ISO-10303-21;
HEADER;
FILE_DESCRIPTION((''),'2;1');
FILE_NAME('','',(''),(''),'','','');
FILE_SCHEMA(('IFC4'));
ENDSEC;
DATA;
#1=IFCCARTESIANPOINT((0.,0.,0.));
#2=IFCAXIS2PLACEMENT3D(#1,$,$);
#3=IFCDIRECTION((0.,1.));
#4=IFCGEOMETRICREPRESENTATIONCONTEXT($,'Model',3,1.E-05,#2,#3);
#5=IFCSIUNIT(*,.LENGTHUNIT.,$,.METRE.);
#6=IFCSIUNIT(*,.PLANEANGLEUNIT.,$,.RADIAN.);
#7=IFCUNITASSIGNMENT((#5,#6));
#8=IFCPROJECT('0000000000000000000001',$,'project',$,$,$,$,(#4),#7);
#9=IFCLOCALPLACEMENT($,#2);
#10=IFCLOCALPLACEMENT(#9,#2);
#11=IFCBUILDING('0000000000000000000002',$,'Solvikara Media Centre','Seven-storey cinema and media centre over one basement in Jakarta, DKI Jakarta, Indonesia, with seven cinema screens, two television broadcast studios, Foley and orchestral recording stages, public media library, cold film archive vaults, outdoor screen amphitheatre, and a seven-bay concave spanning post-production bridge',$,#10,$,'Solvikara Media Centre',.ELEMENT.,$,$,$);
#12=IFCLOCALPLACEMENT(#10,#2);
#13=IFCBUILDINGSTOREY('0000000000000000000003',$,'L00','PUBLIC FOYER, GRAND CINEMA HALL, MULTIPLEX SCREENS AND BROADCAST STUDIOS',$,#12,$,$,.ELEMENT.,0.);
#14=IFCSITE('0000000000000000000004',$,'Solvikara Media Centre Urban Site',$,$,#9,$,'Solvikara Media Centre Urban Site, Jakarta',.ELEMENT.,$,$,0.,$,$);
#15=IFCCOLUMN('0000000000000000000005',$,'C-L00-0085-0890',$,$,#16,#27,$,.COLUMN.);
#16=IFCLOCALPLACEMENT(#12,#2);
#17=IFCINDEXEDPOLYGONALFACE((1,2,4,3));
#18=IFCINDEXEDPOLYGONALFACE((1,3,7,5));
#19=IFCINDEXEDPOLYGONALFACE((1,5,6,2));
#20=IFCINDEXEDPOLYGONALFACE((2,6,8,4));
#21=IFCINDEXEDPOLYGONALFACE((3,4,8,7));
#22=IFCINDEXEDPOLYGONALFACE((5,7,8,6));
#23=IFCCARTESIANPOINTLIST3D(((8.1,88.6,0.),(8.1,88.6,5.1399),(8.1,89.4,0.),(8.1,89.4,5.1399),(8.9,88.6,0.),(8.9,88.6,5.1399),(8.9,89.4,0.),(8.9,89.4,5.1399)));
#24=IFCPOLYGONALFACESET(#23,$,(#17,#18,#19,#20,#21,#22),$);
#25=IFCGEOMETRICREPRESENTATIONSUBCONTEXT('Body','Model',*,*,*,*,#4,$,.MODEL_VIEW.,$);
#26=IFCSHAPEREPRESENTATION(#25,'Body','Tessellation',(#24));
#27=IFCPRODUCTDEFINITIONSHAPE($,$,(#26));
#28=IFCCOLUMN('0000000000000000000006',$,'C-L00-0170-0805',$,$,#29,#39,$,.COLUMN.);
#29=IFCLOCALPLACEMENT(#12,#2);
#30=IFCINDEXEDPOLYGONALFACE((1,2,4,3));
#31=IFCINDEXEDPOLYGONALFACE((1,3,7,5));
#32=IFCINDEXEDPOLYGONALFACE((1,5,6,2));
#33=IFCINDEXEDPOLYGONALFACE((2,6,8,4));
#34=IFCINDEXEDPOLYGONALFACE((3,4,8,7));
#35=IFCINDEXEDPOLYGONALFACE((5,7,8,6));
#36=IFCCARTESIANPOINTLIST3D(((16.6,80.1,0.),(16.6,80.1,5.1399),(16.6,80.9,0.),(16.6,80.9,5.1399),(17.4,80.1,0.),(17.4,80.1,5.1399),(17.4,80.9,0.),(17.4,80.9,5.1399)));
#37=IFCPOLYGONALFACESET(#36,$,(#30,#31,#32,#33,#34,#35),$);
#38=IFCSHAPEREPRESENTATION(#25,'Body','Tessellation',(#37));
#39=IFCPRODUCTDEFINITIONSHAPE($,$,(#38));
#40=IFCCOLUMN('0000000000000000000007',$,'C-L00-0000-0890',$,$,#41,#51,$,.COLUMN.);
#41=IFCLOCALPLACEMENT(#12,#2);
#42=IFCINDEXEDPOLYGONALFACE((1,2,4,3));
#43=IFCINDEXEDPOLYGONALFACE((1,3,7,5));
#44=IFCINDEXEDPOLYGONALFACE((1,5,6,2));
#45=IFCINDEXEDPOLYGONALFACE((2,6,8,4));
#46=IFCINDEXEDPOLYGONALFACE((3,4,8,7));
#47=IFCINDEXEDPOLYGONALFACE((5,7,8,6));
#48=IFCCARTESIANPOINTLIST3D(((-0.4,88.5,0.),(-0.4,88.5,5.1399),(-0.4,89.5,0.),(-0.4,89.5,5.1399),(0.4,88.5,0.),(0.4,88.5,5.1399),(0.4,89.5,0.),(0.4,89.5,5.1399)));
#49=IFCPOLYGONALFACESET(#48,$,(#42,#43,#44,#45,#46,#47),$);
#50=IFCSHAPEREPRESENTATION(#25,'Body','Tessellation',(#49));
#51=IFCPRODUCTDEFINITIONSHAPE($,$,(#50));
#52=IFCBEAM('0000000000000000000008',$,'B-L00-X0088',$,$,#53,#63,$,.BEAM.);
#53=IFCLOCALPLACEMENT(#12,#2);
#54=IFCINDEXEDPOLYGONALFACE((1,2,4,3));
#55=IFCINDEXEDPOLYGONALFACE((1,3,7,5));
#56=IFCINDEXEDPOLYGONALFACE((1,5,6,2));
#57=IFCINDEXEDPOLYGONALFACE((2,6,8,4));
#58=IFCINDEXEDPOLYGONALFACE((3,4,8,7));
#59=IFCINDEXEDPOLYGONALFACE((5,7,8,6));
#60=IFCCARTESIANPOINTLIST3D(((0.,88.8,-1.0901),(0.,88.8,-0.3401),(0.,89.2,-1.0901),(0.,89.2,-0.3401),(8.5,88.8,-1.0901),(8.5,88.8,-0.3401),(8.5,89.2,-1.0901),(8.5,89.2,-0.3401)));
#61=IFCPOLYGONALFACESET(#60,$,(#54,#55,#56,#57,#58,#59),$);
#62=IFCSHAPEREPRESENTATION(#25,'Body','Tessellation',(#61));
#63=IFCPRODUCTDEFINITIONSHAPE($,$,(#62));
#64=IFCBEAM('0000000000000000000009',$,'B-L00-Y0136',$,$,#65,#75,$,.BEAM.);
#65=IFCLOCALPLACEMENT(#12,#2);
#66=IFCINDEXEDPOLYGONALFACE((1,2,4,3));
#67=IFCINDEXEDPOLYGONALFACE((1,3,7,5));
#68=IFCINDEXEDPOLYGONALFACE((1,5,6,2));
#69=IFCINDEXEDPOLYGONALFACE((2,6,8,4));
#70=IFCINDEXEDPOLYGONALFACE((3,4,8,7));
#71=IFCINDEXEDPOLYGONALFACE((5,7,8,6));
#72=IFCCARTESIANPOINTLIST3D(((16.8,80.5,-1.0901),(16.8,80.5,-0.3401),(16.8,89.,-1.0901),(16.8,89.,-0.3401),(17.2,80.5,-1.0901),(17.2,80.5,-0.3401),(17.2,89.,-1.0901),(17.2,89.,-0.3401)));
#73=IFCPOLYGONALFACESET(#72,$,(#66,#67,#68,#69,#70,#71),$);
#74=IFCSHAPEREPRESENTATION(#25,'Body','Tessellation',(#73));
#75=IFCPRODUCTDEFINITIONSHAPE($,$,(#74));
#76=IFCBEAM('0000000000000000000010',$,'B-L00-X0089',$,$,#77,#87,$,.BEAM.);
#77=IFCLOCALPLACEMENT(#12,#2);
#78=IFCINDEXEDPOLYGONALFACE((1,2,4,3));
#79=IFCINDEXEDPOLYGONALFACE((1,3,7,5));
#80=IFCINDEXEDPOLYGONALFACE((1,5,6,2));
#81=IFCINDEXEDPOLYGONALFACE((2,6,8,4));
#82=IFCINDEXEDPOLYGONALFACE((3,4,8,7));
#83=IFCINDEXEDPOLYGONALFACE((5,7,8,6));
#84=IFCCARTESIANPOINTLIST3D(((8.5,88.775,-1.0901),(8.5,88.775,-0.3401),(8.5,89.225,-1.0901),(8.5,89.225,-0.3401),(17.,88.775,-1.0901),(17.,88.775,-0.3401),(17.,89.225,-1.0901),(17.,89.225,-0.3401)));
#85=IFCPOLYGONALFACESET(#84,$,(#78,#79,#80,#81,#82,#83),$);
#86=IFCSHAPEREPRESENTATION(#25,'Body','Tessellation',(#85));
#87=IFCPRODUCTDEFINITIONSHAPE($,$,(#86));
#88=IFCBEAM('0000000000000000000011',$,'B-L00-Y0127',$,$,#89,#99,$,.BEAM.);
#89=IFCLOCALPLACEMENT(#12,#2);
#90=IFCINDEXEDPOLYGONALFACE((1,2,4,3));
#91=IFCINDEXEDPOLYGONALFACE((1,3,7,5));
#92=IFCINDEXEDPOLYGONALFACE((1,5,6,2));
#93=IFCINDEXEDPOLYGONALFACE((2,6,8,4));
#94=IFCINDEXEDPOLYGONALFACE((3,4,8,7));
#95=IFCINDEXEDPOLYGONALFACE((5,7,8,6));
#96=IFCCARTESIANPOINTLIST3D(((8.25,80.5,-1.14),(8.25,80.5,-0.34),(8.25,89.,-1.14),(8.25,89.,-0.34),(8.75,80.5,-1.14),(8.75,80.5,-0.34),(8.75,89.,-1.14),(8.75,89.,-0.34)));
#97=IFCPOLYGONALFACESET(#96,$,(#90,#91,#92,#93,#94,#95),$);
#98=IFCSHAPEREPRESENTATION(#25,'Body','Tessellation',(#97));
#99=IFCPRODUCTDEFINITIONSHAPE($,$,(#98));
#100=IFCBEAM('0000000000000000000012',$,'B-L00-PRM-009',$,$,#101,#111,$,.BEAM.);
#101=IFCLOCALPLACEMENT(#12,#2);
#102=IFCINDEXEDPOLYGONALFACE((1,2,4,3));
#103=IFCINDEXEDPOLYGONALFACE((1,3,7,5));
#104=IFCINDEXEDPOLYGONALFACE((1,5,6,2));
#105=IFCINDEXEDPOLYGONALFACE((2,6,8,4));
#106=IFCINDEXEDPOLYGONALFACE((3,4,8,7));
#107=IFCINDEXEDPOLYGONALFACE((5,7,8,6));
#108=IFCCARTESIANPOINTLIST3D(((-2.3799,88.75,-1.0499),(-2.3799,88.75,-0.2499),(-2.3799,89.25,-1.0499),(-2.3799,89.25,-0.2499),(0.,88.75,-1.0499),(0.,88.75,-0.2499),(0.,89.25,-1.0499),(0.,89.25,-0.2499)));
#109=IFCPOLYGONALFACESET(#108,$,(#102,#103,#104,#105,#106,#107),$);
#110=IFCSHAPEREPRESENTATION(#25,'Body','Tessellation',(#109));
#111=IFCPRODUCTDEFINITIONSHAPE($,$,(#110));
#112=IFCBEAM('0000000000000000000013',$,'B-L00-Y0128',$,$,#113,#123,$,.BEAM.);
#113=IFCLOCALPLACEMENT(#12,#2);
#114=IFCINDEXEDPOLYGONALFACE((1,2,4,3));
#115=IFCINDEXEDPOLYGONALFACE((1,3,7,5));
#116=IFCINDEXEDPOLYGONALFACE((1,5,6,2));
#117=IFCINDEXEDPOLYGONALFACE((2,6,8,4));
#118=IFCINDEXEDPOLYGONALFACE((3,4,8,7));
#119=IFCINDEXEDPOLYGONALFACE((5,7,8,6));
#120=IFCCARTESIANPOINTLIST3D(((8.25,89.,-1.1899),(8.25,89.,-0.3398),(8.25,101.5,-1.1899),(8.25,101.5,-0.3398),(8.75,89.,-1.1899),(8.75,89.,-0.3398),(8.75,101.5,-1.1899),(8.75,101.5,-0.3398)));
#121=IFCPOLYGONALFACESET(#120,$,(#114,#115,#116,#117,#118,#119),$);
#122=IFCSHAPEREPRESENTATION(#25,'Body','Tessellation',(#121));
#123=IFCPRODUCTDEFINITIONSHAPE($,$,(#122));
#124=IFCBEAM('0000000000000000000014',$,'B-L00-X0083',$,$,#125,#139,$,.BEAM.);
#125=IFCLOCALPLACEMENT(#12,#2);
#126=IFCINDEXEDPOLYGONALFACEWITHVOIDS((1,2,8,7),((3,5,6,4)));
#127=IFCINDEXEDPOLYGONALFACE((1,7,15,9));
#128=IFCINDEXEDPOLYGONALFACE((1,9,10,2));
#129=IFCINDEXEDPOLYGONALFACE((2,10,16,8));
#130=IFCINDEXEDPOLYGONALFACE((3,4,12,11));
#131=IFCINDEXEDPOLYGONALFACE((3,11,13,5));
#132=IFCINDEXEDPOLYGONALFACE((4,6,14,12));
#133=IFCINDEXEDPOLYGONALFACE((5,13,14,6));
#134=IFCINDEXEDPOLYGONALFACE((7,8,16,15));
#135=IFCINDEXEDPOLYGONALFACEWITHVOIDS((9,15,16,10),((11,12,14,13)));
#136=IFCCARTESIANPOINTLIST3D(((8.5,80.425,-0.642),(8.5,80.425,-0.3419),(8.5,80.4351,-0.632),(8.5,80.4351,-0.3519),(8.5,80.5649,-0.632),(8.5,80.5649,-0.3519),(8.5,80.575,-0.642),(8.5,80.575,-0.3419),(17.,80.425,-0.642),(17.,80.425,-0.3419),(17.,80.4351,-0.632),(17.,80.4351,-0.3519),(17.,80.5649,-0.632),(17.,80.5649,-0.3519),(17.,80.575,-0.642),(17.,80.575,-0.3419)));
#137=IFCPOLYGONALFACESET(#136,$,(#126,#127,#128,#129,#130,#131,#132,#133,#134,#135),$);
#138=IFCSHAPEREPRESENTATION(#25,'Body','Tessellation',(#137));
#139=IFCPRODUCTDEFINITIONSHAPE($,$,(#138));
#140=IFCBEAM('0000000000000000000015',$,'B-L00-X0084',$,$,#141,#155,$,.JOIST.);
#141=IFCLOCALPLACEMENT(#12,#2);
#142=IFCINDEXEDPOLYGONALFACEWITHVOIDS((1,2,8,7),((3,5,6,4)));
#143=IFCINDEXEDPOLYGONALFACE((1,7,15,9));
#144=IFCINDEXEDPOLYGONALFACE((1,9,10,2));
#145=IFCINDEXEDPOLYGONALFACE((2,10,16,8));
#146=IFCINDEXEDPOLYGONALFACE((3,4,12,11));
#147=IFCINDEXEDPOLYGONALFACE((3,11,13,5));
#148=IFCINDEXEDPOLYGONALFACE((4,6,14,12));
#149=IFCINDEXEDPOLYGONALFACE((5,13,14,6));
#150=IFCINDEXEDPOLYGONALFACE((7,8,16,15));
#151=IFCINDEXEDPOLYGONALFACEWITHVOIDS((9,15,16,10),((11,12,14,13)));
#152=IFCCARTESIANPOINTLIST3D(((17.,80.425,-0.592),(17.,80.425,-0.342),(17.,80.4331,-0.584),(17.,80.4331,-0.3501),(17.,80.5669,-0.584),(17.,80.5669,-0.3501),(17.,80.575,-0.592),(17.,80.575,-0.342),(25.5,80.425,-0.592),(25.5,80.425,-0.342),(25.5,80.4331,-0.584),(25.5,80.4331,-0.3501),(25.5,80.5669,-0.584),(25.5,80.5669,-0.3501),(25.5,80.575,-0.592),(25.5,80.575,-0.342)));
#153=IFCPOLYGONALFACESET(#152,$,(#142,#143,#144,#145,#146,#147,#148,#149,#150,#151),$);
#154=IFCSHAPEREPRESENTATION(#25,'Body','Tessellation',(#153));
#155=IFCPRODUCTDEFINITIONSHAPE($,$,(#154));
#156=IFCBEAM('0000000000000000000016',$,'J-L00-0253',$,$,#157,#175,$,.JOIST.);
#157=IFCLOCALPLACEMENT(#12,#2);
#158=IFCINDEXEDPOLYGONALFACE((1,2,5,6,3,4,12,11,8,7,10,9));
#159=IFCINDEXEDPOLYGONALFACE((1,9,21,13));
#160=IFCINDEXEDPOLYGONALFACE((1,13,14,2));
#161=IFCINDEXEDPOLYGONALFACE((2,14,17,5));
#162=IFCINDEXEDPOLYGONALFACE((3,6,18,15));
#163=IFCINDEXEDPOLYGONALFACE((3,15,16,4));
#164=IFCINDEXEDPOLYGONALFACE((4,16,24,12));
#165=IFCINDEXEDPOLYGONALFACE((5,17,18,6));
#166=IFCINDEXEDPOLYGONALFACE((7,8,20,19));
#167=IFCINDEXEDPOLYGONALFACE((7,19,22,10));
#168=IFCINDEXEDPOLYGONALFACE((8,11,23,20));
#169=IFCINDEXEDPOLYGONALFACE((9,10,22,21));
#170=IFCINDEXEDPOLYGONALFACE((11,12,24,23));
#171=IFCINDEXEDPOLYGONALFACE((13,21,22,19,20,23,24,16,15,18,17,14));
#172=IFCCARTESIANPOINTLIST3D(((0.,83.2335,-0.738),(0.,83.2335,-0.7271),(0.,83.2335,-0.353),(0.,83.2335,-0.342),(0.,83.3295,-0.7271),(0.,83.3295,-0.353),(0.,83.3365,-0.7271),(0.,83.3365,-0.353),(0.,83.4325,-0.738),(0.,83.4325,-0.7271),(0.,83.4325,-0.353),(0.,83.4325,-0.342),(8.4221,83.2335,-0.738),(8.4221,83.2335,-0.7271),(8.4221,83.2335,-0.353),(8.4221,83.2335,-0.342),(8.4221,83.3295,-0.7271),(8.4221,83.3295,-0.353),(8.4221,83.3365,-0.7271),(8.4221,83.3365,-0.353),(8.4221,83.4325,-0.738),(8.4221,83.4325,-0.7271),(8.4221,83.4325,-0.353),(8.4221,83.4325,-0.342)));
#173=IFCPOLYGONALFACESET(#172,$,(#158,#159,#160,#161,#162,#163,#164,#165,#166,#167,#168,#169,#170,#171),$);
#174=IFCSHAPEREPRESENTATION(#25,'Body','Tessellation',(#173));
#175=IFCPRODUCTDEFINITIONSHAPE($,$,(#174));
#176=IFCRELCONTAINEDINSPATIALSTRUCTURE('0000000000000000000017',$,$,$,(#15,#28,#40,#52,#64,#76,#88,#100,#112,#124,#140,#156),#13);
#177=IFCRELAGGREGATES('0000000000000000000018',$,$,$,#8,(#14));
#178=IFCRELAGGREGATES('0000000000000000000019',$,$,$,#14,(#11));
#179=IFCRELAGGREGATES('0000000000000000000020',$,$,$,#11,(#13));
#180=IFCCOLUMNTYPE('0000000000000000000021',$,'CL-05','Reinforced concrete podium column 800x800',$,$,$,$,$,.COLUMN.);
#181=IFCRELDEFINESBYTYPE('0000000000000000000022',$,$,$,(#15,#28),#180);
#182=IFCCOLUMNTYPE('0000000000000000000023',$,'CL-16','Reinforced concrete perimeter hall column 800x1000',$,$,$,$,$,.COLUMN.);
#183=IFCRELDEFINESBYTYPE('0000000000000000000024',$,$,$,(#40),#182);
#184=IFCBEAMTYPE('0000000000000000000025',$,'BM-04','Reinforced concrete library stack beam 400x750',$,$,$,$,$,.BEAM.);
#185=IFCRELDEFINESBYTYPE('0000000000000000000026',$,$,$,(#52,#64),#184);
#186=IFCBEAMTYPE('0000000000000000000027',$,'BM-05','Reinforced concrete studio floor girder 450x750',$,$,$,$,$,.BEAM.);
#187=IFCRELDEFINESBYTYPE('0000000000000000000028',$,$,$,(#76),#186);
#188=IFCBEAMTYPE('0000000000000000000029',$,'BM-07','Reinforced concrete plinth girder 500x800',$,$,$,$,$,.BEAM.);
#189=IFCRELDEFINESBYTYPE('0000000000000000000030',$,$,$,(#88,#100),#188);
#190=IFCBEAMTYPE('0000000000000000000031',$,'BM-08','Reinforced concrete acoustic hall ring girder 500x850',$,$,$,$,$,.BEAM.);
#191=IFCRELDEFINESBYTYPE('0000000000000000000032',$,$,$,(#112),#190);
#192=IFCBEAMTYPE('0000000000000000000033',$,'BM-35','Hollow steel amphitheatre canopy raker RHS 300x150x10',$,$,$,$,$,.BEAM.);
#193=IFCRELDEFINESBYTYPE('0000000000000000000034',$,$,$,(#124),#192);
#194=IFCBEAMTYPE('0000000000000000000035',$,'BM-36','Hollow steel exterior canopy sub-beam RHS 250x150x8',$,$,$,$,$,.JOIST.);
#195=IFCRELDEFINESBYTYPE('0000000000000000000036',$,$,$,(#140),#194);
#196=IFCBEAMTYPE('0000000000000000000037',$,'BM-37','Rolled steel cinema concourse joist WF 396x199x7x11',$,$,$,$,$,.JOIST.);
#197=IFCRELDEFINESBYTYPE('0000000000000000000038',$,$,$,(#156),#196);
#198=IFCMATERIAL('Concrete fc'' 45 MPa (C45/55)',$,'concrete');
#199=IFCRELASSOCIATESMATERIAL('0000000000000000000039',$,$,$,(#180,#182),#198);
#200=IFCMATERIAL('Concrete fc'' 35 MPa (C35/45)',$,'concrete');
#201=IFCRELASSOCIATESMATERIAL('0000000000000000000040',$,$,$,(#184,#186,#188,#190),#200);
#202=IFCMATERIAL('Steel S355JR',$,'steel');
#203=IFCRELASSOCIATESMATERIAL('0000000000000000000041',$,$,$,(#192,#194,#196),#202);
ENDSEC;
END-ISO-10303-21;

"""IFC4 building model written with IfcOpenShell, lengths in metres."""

from ifc_helpers import new_model, si_unit, direction, frame, origin, origin_2d, place, context, subcontext, project, spatial, rectangle, hollow_rectangle, i_section, extrude, material, material_profile, profile_set, type_object, element, save


model = new_model("IFC4")

# Units and contexts
model_context = context("Model", 3, precision=1e-05, world=origin(), true_north=direction((0.0, 1.0)))
body_context = subcontext(model_context, "Body", "Model", "MODEL_VIEW")
ifc_project = project(units=[si_unit("LENGTHUNIT", "METRE"), si_unit("PLANEANGLEUNIT", "RADIAN")], contexts=[model_context])

# Site, building, storey
site_placement = place(None, origin())
site = spatial("IfcSite", under=ifc_project, at=site_placement, Name="Solvikara Media Centre Urban Site", LongName="Solvikara Media Centre Urban Site, Jakarta", CompositionType="ELEMENT", RefElevation=0.0)
building_placement = place(site_placement, origin())
building = spatial("IfcBuilding", under=site, at=building_placement, Name="Solvikara Media Centre", Description="Seven-storey cinema and media centre over one basement in Jakarta, DKI Jakarta, Indonesia, with seven cinema screens, two television broadcast studios, Foley and orchestral recording stages, public media library, cold film archive vaults, outdoor screen amphitheatre, and a seven-bay concave spanning post-production bridge", LongName="Solvikara Media Centre", CompositionType="ELEMENT")
storey_placement = place(building_placement, origin())
storey = spatial("IfcBuildingStorey", under=building, at=storey_placement, Name="L00", Description="PUBLIC FOYER, GRAND CINEMA HALL, MULTIPLEX SCREENS AND BROADCAST STUDIOS", CompositionType="ELEMENT", Elevation=0.0)

# Columns
ifc_material_1 = material(Name="Concrete fc' 45 MPa (C45/55)", Category="concrete")
ifc_material_profile_1 = material_profile(ifc_material_1, rectangle(XDim=0.8, YDim=0.8, at=origin_2d()), Name="RC 800x800")
ifc_profile_set_1 = profile_set([ifc_material_profile_1], Name="Concrete fc' 45 MPa (C45/55)")
column_type_1 = type_object("IfcColumnType", Name="CL-05", Description="Reinforced concrete podium column 800x800", PredefinedType="COLUMN", material=ifc_profile_set_1)
for number, where, z_axis, x_axis, name in (
    (1, (8.5, 89.0, 0.0), (0.0, 0.0, 1.0), (1.0, 0.0, 0.0), "C-L00-0085-0890"),
    (2, (17.0, 80.5, 0.0), (0.0, 0.0, 1.0), (1.0, 0.0, 0.0), "C-L00-0170-0805"),
):
    element("IfcColumn", number, at=place(storey_placement, frame(where, z_axis=z_axis, x_axis=x_axis)), inside=storey, type_object=column_type_1, Name=name, PredefinedType="COLUMN", context=body_context, shape_type="SweptSolid", body=[
        extrude(rectangle(XDim=0.8, YDim=0.8, at=origin_2d()), origin(), (0.0, 0.0, 1.0), 5.1399),
    ])
ifc_material_profile_2 = material_profile(ifc_material_1, rectangle(XDim=0.8, YDim=1.0, at=origin_2d()), Name="RC 800x1000")
ifc_profile_set_2 = profile_set([ifc_material_profile_2], Name="Concrete fc' 45 MPa (C45/55)")
column_type_2 = type_object("IfcColumnType", Name="CL-16", Description="Reinforced concrete perimeter hall column 800x1000", PredefinedType="COLUMN", material=ifc_profile_set_2)
column_placement = place(storey_placement, frame((0.0, 89.0, 0.0), z_axis=(0.0, 0.0, 1.0), x_axis=(1.0, 0.0, 0.0)))
element("IfcColumn", 3, at=column_placement, inside=storey, type_object=column_type_2, Name="C-L00-0000-0890", PredefinedType="COLUMN", context=body_context, shape_type="SweptSolid", body=[
    extrude(rectangle(XDim=0.8, YDim=1.0, at=origin_2d()), origin(), (0.0, 0.0, 1.0), 5.1399),
])

# Beams
ifc_material_2 = material(Name="Concrete fc' 35 MPa (C35/45)", Category="concrete")
ifc_material_profile_3 = material_profile(ifc_material_2, rectangle(XDim=0.3999, YDim=0.75, at=origin_2d()), Name="RC 400x750")
ifc_profile_set_3 = profile_set([ifc_material_profile_3], Name="Concrete fc' 35 MPa (C35/45)")
beam_type_1 = type_object("IfcBeamType", Name="BM-04", Description="Reinforced concrete library stack beam 400x750", PredefinedType="BEAM", material=ifc_profile_set_3)
for number, where, z_axis, x_axis, name in (
    (4, (0.0, 89.0, -0.7151), (1.0, 0.0, 0.0), (0.0, 1.0, 0.0), "B-L00-X0088"),
    (5, (17.0, 80.5, -0.7151), (0.0, 1.0, 0.0), (-1.0, 0.0, 0.0), "B-L00-Y0136"),
):
    element("IfcBeam", number, at=place(storey_placement, frame(where, z_axis=z_axis, x_axis=x_axis)), inside=storey, type_object=beam_type_1, Name=name, PredefinedType="BEAM", context=body_context, shape_type="SweptSolid", body=[
        extrude(rectangle(XDim=0.3999, YDim=0.75, at=origin_2d()), origin(), (0.0, 0.0, 1.0), 8.5),
    ])
ifc_material_profile_4 = material_profile(ifc_material_2, rectangle(XDim=0.45, YDim=0.75, at=origin_2d()), Name="RC 450x750")
ifc_profile_set_4 = profile_set([ifc_material_profile_4], Name="Concrete fc' 35 MPa (C35/45)")
beam_type_2 = type_object("IfcBeamType", Name="BM-05", Description="Reinforced concrete studio floor girder 450x750", PredefinedType="BEAM", material=ifc_profile_set_4)
beam_1_placement = place(storey_placement, frame((8.5, 89.0, -0.7151), z_axis=(1.0, 0.0, 0.0), x_axis=(0.0, 1.0, 0.0)))
element("IfcBeam", 6, at=beam_1_placement, inside=storey, type_object=beam_type_2, Name="B-L00-X0089", PredefinedType="BEAM", context=body_context, shape_type="SweptSolid", body=[
    extrude(rectangle(XDim=0.45, YDim=0.75, at=origin_2d()), origin(), (0.0, 0.0, 1.0), 8.5),
])
ifc_material_profile_5 = material_profile(ifc_material_2, rectangle(XDim=0.5, YDim=0.8, at=origin_2d()), Name="RC 500x800")
ifc_profile_set_5 = profile_set([ifc_material_profile_5], Name="Concrete fc' 35 MPa (C35/45)")
beam_type_3 = type_object("IfcBeamType", Name="BM-07", Description="Reinforced concrete plinth girder 500x800", PredefinedType="BEAM", material=ifc_profile_set_5)
beam_2_placement = place(storey_placement, frame((8.5, 80.5, -0.74), z_axis=(0.0, 1.0, 0.0), x_axis=(-1.0, 0.0, 0.0)))
element("IfcBeam", 7, at=beam_2_placement, inside=storey, type_object=beam_type_3, Name="B-L00-Y0127", PredefinedType="BEAM", context=body_context, shape_type="SweptSolid", body=[
    extrude(rectangle(XDim=0.5, YDim=0.8, at=origin_2d()), origin(), (0.0, 0.0, 1.0), 8.5),
])
beam_3_placement = place(storey_placement, frame((-2.3799, 89.0, -0.6499), z_axis=(1.0, 0.0, 0.0), x_axis=(0.0, 1.0, 0.0)))
element("IfcBeam", 8, at=beam_3_placement, inside=storey, type_object=beam_type_3, Name="B-L00-PRM-009", PredefinedType="BEAM", context=body_context, shape_type="SweptSolid", body=[
    extrude(rectangle(XDim=0.5, YDim=0.8, at=origin_2d()), origin(), (0.0, 0.0, 1.0), 2.3799),
])
ifc_material_profile_6 = material_profile(ifc_material_2, rectangle(XDim=0.5, YDim=0.8501, at=origin_2d()), Name="RC 500x850")
ifc_profile_set_6 = profile_set([ifc_material_profile_6], Name="Concrete fc' 35 MPa (C35/45)")
beam_type_4 = type_object("IfcBeamType", Name="BM-08", Description="Reinforced concrete acoustic hall ring girder 500x850", PredefinedType="BEAM", material=ifc_profile_set_6)
beam_4_placement = place(storey_placement, frame((8.5, 89.0, -0.7649), z_axis=(0.0, 1.0, 0.0), x_axis=(-1.0, 0.0, 0.0)))
element("IfcBeam", 9, at=beam_4_placement, inside=storey, type_object=beam_type_4, Name="B-L00-Y0128", PredefinedType="BEAM", context=body_context, shape_type="SweptSolid", body=[
    extrude(rectangle(XDim=0.5, YDim=0.8501, at=origin_2d()), origin(), (0.0, 0.0, 1.0), 12.5),
])
ifc_material_3 = material(Name="Steel S355JR", Category="steel")
ifc_material_profile_7 = material_profile(ifc_material_3, hollow_rectangle(XDim=0.1499, YDim=0.3, WallThickness=0.01, at=origin_2d()), Name="RHS 300x150x10")
ifc_profile_set_7 = profile_set([ifc_material_profile_7], Name="Steel S355JR")
beam_type_5 = type_object("IfcBeamType", Name="BM-35", Description="Hollow steel amphitheatre canopy raker RHS 300x150x10", PredefinedType="BEAM", material=ifc_profile_set_7)
beam_5_placement = place(storey_placement, frame((8.5, 80.5, -0.4919), z_axis=(1.0, 0.0, 0.0), x_axis=(0.0, 1.0, 0.0)))
element("IfcBeam", 10, at=beam_5_placement, inside=storey, type_object=beam_type_5, Name="B-L00-X0083", PredefinedType="BEAM", context=body_context, shape_type="SweptSolid", body=[
    extrude(hollow_rectangle(XDim=0.1499, YDim=0.3, WallThickness=0.01, at=origin_2d()), origin(), (0.0, 0.0, 1.0), 8.5),
])
ifc_material_profile_8 = material_profile(ifc_material_3, hollow_rectangle(XDim=0.1499, YDim=0.25, WallThickness=0.0081, at=origin_2d()), Name="RHS 250x150x8")
ifc_profile_set_8 = profile_set([ifc_material_profile_8], Name="Steel S355JR")
beam_type_6 = type_object("IfcBeamType", Name="BM-36", Description="Hollow steel exterior canopy sub-beam RHS 250x150x8", PredefinedType="JOIST", material=ifc_profile_set_8)
beam_6_placement = place(storey_placement, frame((17.0, 80.5, -0.467), z_axis=(1.0, 0.0, 0.0), x_axis=(0.0, 1.0, 0.0)))
element("IfcBeam", 11, at=beam_6_placement, inside=storey, type_object=beam_type_6, Name="B-L00-X0084", PredefinedType="JOIST", context=body_context, shape_type="SweptSolid", body=[
    extrude(hollow_rectangle(XDim=0.1499, YDim=0.25, WallThickness=0.0081, at=origin_2d()), origin(), (0.0, 0.0, 1.0), 8.5),
])
ifc_material_profile_9 = material_profile(ifc_material_3, i_section(OverallWidth=0.199, OverallDepth=0.396, WebThickness=0.0071, FlangeThickness=0.011, at=origin_2d()), Name="WF 396x199x7x11")
ifc_profile_set_9 = profile_set([ifc_material_profile_9], Name="Steel S355JR")
beam_type_7 = type_object("IfcBeamType", Name="BM-37", Description="Rolled steel cinema concourse joist WF 396x199x7x11", PredefinedType="JOIST", material=ifc_profile_set_9)
beam_7_placement = place(storey_placement, frame((0.0, 83.333, -0.54), z_axis=(1.0, 0.0, 0.0), x_axis=(0.0, 1.0, 0.0)))
element("IfcBeam", 12, at=beam_7_placement, inside=storey, type_object=beam_type_7, Name="J-L00-0253", PredefinedType="JOIST", context=body_context, shape_type="SweptSolid", body=[
    extrude(i_section(OverallWidth=0.199, OverallDepth=0.396, WebThickness=0.0071, FlangeThickness=0.011, at=origin_2d()), origin(), (0.0, 0.0, 1.0), 8.4221),
])

save(model, "model.ifc")
